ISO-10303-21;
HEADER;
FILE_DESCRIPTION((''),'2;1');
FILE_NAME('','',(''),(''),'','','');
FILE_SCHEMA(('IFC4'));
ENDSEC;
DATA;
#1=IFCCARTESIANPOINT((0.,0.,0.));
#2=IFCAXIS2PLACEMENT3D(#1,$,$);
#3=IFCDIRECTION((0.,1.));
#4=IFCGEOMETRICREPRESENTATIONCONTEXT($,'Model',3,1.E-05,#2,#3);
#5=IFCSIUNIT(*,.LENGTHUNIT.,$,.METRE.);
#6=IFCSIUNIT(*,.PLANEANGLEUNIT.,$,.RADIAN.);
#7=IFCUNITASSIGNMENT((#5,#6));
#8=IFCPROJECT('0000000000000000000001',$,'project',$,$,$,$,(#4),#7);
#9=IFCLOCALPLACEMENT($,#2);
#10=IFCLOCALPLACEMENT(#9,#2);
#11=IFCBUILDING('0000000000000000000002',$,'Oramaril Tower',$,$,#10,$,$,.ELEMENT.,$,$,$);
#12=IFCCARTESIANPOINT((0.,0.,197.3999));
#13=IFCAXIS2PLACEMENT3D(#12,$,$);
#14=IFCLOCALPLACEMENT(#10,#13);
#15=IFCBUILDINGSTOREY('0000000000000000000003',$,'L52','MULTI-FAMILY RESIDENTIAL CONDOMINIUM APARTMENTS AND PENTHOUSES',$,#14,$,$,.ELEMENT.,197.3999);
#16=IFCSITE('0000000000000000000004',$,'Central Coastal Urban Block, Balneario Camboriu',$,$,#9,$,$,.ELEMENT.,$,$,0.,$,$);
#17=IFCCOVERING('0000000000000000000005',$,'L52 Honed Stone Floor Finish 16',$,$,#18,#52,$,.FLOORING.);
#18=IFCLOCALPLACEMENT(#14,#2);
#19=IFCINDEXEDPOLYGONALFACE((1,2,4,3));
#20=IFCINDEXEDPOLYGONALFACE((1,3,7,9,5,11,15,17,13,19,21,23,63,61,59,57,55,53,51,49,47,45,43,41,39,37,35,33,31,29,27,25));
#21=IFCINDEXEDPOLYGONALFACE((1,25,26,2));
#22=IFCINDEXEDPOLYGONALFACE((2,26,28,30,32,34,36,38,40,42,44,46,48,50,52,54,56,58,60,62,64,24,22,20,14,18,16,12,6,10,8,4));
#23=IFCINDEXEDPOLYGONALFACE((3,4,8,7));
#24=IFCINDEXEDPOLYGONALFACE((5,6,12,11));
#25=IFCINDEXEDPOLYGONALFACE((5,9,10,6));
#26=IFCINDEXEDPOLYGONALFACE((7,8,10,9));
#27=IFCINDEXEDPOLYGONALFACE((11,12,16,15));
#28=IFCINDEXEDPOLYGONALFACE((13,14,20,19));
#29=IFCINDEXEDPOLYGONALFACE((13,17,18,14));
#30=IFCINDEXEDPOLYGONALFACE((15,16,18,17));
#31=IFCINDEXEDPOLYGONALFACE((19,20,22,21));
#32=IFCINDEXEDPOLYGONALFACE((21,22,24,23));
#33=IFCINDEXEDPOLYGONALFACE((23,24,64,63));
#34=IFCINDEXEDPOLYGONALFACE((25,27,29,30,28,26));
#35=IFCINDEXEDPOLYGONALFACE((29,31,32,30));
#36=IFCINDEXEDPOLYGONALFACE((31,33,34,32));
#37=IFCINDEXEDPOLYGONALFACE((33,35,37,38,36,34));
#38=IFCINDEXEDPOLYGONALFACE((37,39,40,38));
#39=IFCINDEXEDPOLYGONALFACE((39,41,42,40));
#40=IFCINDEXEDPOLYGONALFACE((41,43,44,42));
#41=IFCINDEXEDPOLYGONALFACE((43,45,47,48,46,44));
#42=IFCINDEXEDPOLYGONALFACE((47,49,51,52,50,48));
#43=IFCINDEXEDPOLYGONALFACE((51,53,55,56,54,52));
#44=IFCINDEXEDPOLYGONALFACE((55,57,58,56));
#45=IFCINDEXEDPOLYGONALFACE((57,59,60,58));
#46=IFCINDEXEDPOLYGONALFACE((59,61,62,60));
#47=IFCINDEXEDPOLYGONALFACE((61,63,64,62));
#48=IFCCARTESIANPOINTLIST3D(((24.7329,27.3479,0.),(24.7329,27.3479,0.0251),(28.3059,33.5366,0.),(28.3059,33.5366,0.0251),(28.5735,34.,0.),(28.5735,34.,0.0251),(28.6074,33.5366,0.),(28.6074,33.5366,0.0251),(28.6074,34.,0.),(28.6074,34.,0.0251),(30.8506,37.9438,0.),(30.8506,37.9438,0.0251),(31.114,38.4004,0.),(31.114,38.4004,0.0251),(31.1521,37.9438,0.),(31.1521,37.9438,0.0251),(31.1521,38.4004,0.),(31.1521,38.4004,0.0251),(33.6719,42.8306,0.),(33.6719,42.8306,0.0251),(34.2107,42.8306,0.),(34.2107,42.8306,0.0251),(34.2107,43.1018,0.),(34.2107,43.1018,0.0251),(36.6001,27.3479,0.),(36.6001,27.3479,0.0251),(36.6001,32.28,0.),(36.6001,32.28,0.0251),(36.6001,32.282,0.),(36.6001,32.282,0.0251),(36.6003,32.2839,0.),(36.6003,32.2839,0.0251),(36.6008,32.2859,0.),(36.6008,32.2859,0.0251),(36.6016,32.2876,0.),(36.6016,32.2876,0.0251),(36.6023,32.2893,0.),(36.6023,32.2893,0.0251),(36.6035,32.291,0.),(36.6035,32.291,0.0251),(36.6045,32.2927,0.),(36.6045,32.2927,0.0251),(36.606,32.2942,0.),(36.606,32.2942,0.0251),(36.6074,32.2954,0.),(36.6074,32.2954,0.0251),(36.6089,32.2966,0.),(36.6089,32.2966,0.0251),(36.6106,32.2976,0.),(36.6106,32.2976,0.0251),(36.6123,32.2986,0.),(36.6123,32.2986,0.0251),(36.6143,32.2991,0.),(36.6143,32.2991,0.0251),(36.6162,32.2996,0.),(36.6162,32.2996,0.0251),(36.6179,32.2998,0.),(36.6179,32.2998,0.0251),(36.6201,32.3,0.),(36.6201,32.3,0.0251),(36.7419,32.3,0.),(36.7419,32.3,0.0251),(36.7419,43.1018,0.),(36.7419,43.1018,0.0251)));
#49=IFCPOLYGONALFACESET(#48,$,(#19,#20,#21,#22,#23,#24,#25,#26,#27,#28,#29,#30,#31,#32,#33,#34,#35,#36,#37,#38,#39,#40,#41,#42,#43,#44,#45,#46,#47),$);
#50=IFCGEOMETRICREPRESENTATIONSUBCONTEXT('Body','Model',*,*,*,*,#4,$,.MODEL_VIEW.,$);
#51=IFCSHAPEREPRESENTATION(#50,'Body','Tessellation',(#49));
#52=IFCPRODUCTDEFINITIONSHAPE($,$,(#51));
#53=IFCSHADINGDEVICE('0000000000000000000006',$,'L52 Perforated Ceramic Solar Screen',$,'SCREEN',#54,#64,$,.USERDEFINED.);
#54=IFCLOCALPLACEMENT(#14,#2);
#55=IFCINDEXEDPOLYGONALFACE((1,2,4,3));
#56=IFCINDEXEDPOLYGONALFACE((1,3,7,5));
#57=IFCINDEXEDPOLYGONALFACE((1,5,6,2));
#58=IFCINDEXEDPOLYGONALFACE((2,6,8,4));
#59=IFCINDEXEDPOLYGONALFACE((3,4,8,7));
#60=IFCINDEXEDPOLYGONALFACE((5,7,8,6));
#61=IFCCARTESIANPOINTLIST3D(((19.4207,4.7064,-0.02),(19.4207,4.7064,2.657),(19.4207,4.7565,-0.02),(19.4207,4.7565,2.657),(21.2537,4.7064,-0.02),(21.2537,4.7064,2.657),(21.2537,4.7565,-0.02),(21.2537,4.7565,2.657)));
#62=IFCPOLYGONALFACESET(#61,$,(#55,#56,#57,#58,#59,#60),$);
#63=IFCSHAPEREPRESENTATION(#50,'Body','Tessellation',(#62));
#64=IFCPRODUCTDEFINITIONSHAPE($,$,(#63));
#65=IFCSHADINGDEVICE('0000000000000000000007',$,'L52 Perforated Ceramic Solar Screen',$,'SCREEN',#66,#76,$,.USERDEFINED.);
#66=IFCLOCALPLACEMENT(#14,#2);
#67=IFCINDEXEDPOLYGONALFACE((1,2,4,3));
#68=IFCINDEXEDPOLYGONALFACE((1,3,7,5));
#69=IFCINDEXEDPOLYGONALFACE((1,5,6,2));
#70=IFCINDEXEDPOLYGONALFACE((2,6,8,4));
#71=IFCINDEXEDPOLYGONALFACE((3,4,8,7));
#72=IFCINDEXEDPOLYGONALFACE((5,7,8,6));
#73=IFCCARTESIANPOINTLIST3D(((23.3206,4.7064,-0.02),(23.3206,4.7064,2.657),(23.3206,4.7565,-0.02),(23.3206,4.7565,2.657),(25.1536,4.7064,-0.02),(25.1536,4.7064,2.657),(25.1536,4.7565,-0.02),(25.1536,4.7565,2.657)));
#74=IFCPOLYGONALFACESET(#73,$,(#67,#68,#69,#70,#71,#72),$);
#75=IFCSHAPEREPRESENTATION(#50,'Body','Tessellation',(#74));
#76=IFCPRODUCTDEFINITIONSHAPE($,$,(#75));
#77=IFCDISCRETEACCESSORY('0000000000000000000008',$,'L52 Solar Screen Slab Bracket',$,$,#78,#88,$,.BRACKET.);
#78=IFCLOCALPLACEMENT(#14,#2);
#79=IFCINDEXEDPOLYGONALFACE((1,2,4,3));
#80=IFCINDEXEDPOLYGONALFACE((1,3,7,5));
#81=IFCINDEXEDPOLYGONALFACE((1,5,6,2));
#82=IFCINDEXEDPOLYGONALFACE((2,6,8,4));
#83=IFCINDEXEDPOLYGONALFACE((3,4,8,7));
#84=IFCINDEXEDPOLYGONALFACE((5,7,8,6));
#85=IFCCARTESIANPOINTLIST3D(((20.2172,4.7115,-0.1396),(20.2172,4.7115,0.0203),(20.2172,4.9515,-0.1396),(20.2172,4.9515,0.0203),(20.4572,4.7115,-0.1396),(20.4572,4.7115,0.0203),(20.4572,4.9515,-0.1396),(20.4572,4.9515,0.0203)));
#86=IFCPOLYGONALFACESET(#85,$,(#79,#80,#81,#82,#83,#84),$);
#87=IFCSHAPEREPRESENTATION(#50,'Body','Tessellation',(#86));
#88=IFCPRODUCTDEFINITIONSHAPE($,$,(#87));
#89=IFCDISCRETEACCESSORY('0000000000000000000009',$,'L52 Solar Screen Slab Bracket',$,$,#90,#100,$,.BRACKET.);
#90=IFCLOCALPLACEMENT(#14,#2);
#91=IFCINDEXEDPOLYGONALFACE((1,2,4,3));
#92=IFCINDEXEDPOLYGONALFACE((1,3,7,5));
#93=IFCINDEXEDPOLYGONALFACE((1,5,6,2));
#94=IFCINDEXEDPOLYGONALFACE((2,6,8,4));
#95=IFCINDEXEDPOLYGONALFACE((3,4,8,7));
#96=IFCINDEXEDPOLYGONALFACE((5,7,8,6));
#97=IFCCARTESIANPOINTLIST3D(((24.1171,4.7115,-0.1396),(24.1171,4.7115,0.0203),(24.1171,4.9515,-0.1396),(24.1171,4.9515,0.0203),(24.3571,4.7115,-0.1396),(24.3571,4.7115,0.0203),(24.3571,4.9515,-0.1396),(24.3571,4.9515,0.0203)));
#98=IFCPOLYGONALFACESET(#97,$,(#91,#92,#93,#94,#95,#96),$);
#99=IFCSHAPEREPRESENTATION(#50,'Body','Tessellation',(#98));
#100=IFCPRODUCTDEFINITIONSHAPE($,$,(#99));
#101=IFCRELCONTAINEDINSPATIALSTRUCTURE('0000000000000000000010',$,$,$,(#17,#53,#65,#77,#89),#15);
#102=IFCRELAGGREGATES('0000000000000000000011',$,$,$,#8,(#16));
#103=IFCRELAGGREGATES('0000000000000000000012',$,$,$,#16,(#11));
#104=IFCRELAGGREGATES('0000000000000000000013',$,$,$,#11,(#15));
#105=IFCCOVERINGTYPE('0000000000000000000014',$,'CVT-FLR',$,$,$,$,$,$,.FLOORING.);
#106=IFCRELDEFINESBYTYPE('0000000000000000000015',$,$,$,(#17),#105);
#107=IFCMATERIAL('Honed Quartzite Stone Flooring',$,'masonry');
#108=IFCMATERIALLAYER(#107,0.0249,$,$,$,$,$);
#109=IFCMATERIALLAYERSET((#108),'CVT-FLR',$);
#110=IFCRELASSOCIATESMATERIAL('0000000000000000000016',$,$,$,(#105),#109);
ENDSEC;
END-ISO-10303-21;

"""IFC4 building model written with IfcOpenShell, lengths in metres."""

from ifc_helpers import new_model, si_unit, direction, frame, origin, origin_2d, place, context, subcontext, project, spatial, polyline, rectangle, outline, extrude, material, layer, layer_set, type_object, element, save


model = new_model("IFC4")

# Units and contexts
model_context = context("Model", 3, precision=1e-05, world=origin(), true_north=direction((0.0, 1.0)))
body_context = subcontext(model_context, "Body", "Model", "MODEL_VIEW")
ifc_project = project(units=[si_unit("LENGTHUNIT", "METRE"), si_unit("PLANEANGLEUNIT", "RADIAN")], contexts=[model_context])

# Site, building, storey
site_placement = place(None, origin())
site = spatial("IfcSite", under=ifc_project, at=site_placement, Name="Central Coastal Urban Block, Balneario Camboriu", CompositionType="ELEMENT", RefElevation=0.0)
building_placement = place(site_placement, origin())
building = spatial("IfcBuilding", under=site, at=building_placement, Name="Oramaril Tower", CompositionType="ELEMENT")
storey_placement = place(building_placement, frame((0.0, 0.0, 197.3999)))
storey = spatial("IfcBuildingStorey", under=building, at=storey_placement, Name="L52", Description="MULTI-FAMILY RESIDENTIAL CONDOMINIUM APARTMENTS AND PENTHOUSES", CompositionType="ELEMENT", Elevation=197.3999)

# Covering
ifc_material_1 = material(Name="Honed Quartzite Stone Flooring", Category="masonry")
ifc_layer_1 = layer(ifc_material_1, 0.0249)
ifc_layer_set_1 = layer_set([ifc_layer_1], Name="CVT-FLR")
covering_type_1 = type_object("IfcCoveringType", Name="CVT-FLR", PredefinedType="FLOORING", material=ifc_layer_set_1)
covering_1_placement = place(storey_placement, origin())
element("IfcCovering", 1, at=covering_1_placement, inside=storey, type_object=covering_type_1, Name="L52 Honed Stone Floor Finish 16", PredefinedType="FLOORING", context=body_context, shape_type="SweptSolid", body=[
    extrude(outline(polyline([(36.7419, 32.3), (36.6201, 32.3), (36.6179, 32.2998), (36.6162, 32.2996), (36.6143, 32.2991), (36.6123, 32.2986), (36.6106, 32.2976), (36.6089, 32.2966), (36.6074, 32.2954), (36.606, 32.2942), (36.6045, 32.2927), (36.6035, 32.291), (36.6023, 32.2893), (36.6016, 32.2876), (36.6008, 32.2859), (36.6003, 32.2839), (36.6001, 32.282), (36.6001, 32.28), (36.6001, 27.3479), (24.7329, 27.3479), (28.3059, 33.5366), (28.6074, 33.5366), (28.6074, 34.0), (28.5735, 34.0), (30.8506, 37.9438), (31.1521, 37.9438), (31.1521, 38.4004), (31.114, 38.4004), (33.6719, 42.8306), (34.2107, 42.8306), (34.2107, 43.1018), (36.7419, 43.1018), (36.7419, 32.3)])), origin(), (0.0, 0.0, 1.0), 0.0251),
])

# Shading devices
for number, where, z_axis, x_axis, name in (
    (2, (20.3372, 4.7314, -0.02), (0.0, 0.0, 1.0), (1.0, 0.0, 0.0), "L52 Perforated Ceramic Solar Screen"),
    (3, (24.2371, 4.7314, -0.02), (0.0, 0.0, 1.0), (1.0, 0.0, 0.0), "L52 Perforated Ceramic Solar Screen"),
):
    element("IfcShadingDevice", number, at=place(storey_placement, frame(where, z_axis=z_axis, x_axis=x_axis)), inside=storey, Name=name, ObjectType="SCREEN", PredefinedType="USERDEFINED", context=body_context, shape_type="SweptSolid", body=[
        extrude(rectangle(XDim=1.833, YDim=0.05, at=origin_2d()), origin(), (0.0, 0.0, 1.0), 2.677),
    ])

# Discrete accessories
for number, where, z_axis, x_axis, name in (
    (4, (20.3372, 4.8315, -0.1396), (0.0, 0.0, 1.0), (1.0, 0.0, 0.0), "L52 Solar Screen Slab Bracket"),
    (5, (24.2371, 4.8315, -0.1396), (0.0, 0.0, 1.0), (1.0, 0.0, 0.0), "L52 Solar Screen Slab Bracket"),
):
    element("IfcDiscreteAccessory", number, at=place(storey_placement, frame(where, z_axis=z_axis, x_axis=x_axis)), inside=storey, Name=name, PredefinedType="BRACKET", context=body_context, shape_type="SweptSolid", body=[
        extrude(rectangle(XDim=0.24, YDim=0.24, at=origin_2d()), origin(), (0.0, 0.0, 1.0), 0.1599),
    ])

save(model, "model.ifc")
